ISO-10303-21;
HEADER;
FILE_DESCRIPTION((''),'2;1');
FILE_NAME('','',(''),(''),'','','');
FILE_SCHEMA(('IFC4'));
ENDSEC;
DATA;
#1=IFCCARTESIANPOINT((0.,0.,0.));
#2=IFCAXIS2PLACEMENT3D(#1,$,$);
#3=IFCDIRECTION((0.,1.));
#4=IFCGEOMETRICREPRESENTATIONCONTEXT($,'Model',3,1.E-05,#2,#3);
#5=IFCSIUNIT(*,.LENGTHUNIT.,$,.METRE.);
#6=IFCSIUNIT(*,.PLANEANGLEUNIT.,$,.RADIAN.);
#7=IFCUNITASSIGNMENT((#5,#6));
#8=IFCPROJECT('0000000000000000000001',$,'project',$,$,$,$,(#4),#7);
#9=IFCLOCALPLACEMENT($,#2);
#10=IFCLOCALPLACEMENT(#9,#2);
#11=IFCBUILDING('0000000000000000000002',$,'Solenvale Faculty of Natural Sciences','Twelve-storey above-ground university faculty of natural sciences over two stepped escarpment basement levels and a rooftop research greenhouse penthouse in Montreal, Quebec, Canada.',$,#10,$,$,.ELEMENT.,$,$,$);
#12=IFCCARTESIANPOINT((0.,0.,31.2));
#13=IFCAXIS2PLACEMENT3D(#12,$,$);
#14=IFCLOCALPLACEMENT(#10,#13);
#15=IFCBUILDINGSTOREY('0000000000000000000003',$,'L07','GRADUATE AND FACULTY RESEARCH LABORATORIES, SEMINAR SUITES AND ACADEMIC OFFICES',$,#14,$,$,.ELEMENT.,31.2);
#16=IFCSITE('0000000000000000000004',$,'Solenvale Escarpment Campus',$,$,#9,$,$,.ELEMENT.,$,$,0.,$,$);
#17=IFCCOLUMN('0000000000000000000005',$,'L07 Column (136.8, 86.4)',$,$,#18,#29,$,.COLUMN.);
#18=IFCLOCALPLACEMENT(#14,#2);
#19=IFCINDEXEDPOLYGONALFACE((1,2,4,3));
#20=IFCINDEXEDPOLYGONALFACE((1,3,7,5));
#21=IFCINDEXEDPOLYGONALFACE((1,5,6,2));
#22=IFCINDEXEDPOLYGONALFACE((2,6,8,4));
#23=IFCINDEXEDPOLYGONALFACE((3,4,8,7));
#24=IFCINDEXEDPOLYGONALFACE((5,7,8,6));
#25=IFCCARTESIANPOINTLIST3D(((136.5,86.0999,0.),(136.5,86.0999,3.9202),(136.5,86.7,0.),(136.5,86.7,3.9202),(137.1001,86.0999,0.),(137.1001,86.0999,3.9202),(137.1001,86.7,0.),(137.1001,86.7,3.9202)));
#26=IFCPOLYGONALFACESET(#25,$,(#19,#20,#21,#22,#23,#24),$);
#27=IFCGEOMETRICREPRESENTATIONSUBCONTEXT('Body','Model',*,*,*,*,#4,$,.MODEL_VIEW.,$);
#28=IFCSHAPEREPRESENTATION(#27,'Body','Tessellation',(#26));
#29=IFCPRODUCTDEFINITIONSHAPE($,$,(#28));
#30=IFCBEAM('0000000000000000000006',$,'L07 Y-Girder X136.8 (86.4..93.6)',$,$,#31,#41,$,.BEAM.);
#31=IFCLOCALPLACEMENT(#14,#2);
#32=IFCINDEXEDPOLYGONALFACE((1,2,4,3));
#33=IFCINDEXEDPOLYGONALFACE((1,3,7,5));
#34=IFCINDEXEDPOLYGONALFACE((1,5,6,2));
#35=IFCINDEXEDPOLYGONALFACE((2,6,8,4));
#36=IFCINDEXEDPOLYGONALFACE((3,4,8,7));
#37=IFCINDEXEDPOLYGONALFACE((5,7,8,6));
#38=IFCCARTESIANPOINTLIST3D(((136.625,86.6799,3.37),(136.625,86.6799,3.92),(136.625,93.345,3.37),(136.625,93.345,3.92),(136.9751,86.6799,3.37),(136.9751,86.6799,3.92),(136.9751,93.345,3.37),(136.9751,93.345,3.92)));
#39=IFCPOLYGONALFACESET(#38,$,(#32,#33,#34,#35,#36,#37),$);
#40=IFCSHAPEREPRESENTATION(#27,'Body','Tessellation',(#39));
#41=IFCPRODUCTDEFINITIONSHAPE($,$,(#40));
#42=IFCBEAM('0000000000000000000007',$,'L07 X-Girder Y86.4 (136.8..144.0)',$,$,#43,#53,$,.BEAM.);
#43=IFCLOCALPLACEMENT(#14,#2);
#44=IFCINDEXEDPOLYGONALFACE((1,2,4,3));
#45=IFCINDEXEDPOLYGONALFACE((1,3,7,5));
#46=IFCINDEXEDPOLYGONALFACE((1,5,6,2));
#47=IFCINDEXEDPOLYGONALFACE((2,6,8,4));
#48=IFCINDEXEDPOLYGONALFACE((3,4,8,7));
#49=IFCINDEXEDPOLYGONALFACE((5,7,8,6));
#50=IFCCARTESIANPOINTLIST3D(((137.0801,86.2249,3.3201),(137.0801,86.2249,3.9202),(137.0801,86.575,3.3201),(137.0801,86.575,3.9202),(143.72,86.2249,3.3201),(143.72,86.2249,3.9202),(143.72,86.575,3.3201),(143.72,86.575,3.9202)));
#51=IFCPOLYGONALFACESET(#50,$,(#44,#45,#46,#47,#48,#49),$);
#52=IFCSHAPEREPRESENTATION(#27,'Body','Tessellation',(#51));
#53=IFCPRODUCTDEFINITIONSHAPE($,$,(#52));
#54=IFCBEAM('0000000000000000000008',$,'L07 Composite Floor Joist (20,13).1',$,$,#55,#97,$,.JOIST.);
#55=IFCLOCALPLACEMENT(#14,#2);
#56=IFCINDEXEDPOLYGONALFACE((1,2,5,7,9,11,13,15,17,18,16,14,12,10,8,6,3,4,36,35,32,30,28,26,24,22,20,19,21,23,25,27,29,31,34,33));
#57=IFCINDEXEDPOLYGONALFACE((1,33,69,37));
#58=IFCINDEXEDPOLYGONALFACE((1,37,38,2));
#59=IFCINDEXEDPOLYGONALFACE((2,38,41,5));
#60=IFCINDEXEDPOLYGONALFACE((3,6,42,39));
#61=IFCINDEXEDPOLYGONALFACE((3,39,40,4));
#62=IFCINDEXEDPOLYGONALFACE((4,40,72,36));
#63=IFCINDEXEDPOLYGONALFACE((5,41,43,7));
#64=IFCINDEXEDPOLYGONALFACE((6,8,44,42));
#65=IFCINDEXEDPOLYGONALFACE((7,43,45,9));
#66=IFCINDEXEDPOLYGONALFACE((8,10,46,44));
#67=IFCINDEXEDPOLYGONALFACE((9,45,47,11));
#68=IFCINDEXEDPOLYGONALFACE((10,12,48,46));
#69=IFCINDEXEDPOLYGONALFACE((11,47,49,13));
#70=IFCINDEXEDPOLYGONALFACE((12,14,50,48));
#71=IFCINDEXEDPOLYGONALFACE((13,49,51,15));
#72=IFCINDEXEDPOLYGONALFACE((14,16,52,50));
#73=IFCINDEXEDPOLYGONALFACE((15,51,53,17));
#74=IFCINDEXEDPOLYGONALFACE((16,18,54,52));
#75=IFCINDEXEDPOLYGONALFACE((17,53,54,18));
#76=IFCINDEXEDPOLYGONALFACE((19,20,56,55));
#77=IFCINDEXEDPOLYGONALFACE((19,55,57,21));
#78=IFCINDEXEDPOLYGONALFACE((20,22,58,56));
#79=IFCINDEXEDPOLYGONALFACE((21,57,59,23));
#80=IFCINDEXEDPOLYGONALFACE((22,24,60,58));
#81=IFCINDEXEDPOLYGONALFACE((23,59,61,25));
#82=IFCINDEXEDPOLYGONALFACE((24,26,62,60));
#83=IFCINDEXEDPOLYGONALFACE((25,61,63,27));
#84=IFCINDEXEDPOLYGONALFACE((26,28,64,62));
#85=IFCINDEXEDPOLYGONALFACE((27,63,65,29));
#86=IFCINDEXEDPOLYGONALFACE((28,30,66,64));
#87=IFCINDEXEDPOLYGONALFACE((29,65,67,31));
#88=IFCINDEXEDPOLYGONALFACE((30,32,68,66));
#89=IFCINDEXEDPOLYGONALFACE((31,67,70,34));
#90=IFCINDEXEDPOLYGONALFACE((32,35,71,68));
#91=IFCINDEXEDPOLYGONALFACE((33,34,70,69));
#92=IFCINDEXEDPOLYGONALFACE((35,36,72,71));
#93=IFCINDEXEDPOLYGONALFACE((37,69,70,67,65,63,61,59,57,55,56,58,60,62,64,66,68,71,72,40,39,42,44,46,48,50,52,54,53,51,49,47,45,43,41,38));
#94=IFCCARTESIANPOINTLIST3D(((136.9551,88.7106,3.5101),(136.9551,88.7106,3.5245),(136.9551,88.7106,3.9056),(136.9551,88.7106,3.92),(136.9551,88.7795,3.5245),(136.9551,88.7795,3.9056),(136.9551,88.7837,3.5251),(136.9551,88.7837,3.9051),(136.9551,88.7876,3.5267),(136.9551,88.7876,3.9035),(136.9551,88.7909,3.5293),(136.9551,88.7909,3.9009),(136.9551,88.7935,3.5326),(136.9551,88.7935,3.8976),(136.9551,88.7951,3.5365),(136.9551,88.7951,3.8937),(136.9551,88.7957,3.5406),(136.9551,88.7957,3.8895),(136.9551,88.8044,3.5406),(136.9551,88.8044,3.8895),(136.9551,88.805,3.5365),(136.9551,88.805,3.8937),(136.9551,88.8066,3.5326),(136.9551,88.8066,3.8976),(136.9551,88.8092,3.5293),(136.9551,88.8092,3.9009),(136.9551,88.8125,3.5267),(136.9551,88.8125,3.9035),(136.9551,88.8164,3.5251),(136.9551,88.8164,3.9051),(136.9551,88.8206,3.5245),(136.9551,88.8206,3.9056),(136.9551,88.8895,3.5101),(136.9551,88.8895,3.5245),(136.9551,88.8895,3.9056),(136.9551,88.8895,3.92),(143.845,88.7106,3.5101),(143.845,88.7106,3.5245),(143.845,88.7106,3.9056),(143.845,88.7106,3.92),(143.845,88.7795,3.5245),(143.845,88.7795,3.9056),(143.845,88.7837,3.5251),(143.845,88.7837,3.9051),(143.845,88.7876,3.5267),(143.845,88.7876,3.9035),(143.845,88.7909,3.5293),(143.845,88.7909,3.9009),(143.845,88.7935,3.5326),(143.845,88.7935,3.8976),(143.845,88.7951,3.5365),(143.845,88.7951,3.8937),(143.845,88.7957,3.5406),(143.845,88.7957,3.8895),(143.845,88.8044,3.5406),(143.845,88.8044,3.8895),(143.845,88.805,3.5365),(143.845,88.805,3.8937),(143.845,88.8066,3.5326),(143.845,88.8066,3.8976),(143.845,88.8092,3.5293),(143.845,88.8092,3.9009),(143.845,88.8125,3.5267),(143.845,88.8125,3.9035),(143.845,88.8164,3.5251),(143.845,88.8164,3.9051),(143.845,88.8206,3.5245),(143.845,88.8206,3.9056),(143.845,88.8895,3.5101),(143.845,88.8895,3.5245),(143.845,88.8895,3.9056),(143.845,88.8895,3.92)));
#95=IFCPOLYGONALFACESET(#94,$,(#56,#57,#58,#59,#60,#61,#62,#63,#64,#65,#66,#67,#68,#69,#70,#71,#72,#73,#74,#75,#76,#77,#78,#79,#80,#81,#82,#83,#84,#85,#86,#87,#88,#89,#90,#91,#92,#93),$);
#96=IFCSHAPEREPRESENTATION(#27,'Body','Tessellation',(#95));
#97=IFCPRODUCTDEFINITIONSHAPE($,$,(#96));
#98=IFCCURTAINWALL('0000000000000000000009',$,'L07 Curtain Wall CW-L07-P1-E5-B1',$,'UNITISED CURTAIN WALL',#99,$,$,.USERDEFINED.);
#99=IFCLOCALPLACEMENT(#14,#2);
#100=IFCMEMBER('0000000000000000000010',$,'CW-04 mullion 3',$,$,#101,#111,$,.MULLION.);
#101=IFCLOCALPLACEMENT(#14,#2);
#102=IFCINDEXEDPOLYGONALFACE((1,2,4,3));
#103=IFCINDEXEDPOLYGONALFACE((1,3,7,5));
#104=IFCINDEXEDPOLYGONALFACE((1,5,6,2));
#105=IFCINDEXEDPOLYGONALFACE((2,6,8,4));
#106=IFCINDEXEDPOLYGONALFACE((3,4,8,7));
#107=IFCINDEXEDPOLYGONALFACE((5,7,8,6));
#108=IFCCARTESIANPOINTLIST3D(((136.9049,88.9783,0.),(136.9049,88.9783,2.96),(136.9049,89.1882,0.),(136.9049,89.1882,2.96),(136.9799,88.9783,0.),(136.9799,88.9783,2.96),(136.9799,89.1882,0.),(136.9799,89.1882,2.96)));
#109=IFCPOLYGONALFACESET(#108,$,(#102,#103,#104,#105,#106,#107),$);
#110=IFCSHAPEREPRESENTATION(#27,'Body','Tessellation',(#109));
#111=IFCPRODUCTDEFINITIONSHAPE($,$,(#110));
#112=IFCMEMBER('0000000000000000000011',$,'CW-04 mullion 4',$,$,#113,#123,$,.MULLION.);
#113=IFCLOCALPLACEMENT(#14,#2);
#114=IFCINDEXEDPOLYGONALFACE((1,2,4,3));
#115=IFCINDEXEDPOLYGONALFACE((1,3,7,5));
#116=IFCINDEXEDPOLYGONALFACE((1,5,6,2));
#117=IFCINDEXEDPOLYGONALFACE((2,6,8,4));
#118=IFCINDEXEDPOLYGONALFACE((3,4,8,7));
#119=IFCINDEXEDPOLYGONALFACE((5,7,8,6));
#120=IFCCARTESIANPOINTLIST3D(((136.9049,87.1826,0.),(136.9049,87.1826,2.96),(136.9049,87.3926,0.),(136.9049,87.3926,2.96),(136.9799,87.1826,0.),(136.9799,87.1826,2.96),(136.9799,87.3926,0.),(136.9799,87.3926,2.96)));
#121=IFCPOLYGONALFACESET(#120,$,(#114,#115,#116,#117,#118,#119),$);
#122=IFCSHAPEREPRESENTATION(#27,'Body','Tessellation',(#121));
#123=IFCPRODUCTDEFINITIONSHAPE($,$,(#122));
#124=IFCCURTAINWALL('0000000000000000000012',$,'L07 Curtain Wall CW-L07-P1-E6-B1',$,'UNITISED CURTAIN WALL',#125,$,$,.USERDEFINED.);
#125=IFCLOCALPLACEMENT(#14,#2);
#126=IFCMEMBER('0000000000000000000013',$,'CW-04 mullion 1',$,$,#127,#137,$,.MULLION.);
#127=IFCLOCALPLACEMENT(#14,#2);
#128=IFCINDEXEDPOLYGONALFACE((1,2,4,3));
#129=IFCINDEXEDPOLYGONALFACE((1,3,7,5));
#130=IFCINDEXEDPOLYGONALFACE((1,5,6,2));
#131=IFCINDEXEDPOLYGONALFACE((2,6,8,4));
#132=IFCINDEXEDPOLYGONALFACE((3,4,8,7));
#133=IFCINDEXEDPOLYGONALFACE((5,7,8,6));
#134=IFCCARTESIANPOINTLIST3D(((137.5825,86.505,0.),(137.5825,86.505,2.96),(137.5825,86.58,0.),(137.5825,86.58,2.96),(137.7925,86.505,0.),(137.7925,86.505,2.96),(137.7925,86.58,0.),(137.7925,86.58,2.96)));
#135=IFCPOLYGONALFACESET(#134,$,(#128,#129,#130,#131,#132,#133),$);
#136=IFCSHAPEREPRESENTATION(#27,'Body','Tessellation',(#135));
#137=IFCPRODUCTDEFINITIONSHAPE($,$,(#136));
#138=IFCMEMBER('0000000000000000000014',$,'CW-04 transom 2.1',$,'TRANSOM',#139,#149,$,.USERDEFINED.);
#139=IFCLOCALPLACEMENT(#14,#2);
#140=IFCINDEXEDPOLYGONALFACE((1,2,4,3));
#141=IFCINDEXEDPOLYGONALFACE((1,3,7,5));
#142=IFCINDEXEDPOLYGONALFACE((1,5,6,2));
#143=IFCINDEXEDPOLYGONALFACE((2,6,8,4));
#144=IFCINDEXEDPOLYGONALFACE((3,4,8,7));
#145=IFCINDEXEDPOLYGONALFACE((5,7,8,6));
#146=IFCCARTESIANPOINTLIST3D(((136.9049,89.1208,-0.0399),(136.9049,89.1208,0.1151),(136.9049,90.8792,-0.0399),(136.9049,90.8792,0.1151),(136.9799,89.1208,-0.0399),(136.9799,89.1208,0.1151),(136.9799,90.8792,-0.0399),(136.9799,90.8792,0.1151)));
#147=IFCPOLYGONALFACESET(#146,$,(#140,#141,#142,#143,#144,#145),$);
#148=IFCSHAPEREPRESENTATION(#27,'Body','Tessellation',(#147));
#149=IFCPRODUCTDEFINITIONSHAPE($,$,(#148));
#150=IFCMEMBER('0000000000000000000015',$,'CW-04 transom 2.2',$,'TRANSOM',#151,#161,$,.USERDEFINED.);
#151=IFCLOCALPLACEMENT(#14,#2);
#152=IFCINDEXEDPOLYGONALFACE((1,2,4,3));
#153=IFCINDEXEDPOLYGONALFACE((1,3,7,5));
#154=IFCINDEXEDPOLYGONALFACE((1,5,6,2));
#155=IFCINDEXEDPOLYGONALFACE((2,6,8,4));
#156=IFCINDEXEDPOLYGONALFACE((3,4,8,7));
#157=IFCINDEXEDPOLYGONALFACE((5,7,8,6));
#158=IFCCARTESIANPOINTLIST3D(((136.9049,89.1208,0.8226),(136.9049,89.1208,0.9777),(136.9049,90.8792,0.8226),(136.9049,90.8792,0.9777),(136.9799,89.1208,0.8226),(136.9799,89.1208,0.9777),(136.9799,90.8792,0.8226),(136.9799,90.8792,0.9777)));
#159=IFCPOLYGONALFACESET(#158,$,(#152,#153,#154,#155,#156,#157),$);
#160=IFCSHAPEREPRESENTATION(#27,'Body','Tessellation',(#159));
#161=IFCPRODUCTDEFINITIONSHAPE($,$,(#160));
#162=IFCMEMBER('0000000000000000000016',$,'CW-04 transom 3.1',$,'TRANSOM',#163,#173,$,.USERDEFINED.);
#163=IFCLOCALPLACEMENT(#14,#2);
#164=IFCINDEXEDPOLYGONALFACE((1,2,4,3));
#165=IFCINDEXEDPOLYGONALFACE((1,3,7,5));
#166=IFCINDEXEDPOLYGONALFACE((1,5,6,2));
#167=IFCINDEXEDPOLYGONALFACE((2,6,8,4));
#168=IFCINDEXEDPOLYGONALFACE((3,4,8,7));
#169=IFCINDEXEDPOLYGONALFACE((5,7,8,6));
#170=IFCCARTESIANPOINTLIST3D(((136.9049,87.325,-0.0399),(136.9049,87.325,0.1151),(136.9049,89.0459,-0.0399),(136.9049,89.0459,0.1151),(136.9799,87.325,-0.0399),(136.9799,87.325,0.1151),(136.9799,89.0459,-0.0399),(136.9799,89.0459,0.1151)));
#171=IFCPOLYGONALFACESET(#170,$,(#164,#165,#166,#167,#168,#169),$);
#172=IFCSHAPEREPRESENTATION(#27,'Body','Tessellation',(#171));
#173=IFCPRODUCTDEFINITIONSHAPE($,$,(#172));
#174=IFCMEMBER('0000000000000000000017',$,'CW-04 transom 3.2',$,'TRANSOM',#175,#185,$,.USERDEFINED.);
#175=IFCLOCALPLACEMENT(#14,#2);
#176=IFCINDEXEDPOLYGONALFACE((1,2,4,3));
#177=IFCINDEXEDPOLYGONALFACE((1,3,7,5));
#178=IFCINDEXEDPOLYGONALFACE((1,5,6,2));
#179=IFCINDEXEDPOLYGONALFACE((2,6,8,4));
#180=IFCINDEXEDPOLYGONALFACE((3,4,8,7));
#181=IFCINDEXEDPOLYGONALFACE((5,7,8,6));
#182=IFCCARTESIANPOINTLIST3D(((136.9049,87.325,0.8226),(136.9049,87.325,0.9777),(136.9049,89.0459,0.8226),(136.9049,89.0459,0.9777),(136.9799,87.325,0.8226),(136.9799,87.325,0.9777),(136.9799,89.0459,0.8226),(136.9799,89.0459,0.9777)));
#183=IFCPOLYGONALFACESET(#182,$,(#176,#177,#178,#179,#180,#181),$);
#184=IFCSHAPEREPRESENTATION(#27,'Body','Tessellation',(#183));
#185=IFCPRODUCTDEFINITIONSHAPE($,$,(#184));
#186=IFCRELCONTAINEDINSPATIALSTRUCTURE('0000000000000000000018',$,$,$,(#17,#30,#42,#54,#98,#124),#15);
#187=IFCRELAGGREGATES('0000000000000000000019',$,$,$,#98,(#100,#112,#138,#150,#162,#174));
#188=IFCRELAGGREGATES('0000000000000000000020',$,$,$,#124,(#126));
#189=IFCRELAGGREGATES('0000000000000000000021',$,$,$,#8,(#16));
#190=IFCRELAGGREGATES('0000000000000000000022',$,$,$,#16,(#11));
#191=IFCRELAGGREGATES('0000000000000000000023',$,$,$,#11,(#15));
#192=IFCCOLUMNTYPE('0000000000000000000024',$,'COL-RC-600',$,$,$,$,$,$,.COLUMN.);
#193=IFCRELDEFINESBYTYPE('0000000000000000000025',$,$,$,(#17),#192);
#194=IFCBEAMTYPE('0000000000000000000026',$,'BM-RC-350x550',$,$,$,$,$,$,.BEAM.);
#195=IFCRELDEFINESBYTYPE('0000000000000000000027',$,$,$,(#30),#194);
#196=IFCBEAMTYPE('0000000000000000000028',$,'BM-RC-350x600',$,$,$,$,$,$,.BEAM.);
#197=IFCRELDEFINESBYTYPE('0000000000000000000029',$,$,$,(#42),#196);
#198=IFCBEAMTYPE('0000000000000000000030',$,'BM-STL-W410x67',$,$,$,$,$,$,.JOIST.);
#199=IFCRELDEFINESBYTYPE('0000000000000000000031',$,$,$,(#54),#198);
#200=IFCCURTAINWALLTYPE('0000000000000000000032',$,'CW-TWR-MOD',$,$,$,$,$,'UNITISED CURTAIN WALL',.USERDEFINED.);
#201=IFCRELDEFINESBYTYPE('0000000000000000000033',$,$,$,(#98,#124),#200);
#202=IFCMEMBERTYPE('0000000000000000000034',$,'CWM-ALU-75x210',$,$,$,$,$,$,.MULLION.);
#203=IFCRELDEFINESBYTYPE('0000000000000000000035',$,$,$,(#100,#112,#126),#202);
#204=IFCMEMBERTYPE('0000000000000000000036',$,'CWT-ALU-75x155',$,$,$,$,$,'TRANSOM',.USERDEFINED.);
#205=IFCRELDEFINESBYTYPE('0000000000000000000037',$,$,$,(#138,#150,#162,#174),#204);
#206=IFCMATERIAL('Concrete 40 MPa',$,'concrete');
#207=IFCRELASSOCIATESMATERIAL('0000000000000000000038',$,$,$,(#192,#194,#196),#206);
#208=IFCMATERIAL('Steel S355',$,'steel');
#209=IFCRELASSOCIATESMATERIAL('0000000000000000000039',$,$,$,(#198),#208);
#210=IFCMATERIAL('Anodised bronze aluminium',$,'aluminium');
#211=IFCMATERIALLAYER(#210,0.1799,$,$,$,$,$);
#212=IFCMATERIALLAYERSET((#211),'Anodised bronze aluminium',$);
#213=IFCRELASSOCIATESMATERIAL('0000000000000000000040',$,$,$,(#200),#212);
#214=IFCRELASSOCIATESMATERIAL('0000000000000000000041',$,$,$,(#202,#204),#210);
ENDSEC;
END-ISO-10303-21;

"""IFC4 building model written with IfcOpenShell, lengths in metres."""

from ifc_helpers import new_model, si_unit, direction, frame, origin, origin_2d, place, context, subcontext, project, spatial, rectangle, i_section, extrude, material, layer, layer_set, material_profile, profile_set, type_object, element, aggregate, save


model = new_model("IFC4")

# Units and contexts
model_context = context("Model", 3, precision=1e-05, world=origin(), true_north=direction((0.0, 1.0)))
body_context = subcontext(model_context, "Body", "Model", "MODEL_VIEW")
ifc_project = project(units=[si_unit("LENGTHUNIT", "METRE"), si_unit("PLANEANGLEUNIT", "RADIAN")], contexts=[model_context])

# Site, building, storey
site_placement = place(None, origin())
site = spatial("IfcSite", under=ifc_project, at=site_placement, Name="Solenvale Escarpment Campus", CompositionType="ELEMENT", RefElevation=0.0)
building_placement = place(site_placement, origin())
building = spatial("IfcBuilding", under=site, at=building_placement, Name="Solenvale Faculty of Natural Sciences", Description="Twelve-storey above-ground university faculty of natural sciences over two stepped escarpment basement levels and a rooftop research greenhouse penthouse in Montreal, Quebec, Canada.", CompositionType="ELEMENT")
storey_placement = place(building_placement, frame((0.0, 0.0, 31.2)))
storey = spatial("IfcBuildingStorey", under=building, at=storey_placement, Name="L07", Description="GRADUATE AND FACULTY RESEARCH LABORATORIES, SEMINAR SUITES AND ACADEMIC OFFICES", CompositionType="ELEMENT", Elevation=31.2)

# Column
ifc_material_1 = material(Name="Concrete 40 MPa", Category="concrete")
ifc_material_profile_1 = material_profile(ifc_material_1, rectangle(XDim=0.6001, YDim=0.6001, at=origin_2d()), Name="RC-COL-600x600")
ifc_profile_set_1 = profile_set([ifc_material_profile_1], Name="Concrete 40 MPa")
column_type = type_object("IfcColumnType", Name="COL-RC-600", PredefinedType="COLUMN", material=ifc_profile_set_1)
column_placement = place(storey_placement, frame((136.8, 86.3999, 0.0), z_axis=(0.0, 0.0, 1.0), x_axis=(1.0, 0.0, 0.0)))
element("IfcColumn", 1, at=column_placement, inside=storey, type_object=column_type, Name="L07 Column (136.8, 86.4)", PredefinedType="COLUMN", context=body_context, shape_type="SweptSolid", body=[
    extrude(rectangle(XDim=0.6001, YDim=0.6001, at=origin_2d()), origin(), (0.0, 0.0, 1.0), 3.9202),
])

# Beams
ifc_material_profile_2 = material_profile(ifc_material_1, rectangle(XDim=0.3501, YDim=0.55, at=origin_2d()), Name="RC-BM-350x550")
ifc_profile_set_2 = profile_set([ifc_material_profile_2], Name="Concrete 40 MPa")
beam_type_1 = type_object("IfcBeamType", Name="BM-RC-350x550", PredefinedType="BEAM", material=ifc_profile_set_2)
beam_1_placement = place(storey_placement, frame((136.8, 86.6799, 3.645), z_axis=(0.0, 1.0, 0.0), x_axis=(-1.0, 0.0, 0.0)))
element("IfcBeam", 2, at=beam_1_placement, inside=storey, type_object=beam_type_1, Name="L07 Y-Girder X136.8 (86.4..93.6)", PredefinedType="BEAM", context=body_context, shape_type="SweptSolid", body=[
    extrude(rectangle(XDim=0.3501, YDim=0.55, at=origin_2d()), origin(), (0.0, 0.0, 1.0), 6.665),
])
ifc_material_profile_3 = material_profile(ifc_material_1, rectangle(XDim=0.3501, YDim=0.6001, at=origin_2d()), Name="RC-BM-350x600")
ifc_profile_set_3 = profile_set([ifc_material_profile_3], Name="Concrete 40 MPa")
beam_type_2 = type_object("IfcBeamType", Name="BM-RC-350x600", PredefinedType="BEAM", material=ifc_profile_set_3)
beam_2_placement = place(storey_placement, frame((137.0801, 86.3999, 3.6201), z_axis=(1.0, 0.0, 0.0), x_axis=(0.0, 1.0, 0.0)))
element("IfcBeam", 3, at=beam_2_placement, inside=storey, type_object=beam_type_2, Name="L07 X-Girder Y86.4 (136.8..144.0)", PredefinedType="BEAM", context=body_context, shape_type="SweptSolid", body=[
    extrude(rectangle(XDim=0.3501, YDim=0.6001, at=origin_2d()), origin(), (0.0, 0.0, 1.0), 6.6399),
])
ifc_material_2 = material(Name="Steel S355", Category="steel")
ifc_material_profile_4 = material_profile(ifc_material_2, i_section(OverallWidth=0.179, OverallDepth=0.4099, WebThickness=0.0088, FlangeThickness=0.0144, FilletRadius=0.0161, at=origin_2d()), Name="W410x67")
ifc_profile_set_4 = profile_set([ifc_material_profile_4], Name="Steel S355")
beam_type_3 = type_object("IfcBeamType", Name="BM-STL-W410x67", PredefinedType="JOIST", material=ifc_profile_set_4)
beam_3_placement = place(storey_placement, frame((136.9551, 88.8, 3.7151), z_axis=(1.0, 0.0, 0.0), x_axis=(0.0, 1.0, 0.0)))
element("IfcBeam", 4, at=beam_3_placement, inside=storey, type_object=beam_type_3, Name="L07 Composite Floor Joist (20,13).1", PredefinedType="JOIST", context=body_context, shape_type="SweptSolid", body=[
    extrude(i_section(OverallWidth=0.179, OverallDepth=0.4099, WebThickness=0.0088, FlangeThickness=0.0144, FilletRadius=0.0161, at=origin_2d()), origin(), (0.0, 0.0, 1.0), 6.8899),
])

# Curtain wall, members
ifc_material_3 = material(Name="Anodised bronze aluminium", Category="aluminium")
ifc_layer_1 = layer(ifc_material_3, 0.1799)
ifc_layer_set_1 = layer_set([ifc_layer_1], Name="Anodised bronze aluminium")
curtain_wall_type = type_object("IfcCurtainWallType", Name="CW-TWR-MOD", ElementType="UNITISED CURTAIN WALL", PredefinedType="USERDEFINED", material=ifc_layer_set_1)
curtain_wall_1_placement = place(storey_placement, origin())
curtain_wall_1 = element("IfcCurtainWall", 5, at=curtain_wall_1_placement, inside=storey, type_object=curtain_wall_type, Name="L07 Curtain Wall CW-L07-P1-E5-B1", ObjectType="UNITISED CURTAIN WALL", PredefinedType="USERDEFINED")
ifc_material_profile_5 = material_profile(ifc_material_3, rectangle(XDim=0.075, YDim=0.21, at=origin_2d()), Name="ALU-MUL-75x210")
ifc_profile_set_5 = profile_set([ifc_material_profile_5], Name="Anodised bronze aluminium")
member_type_1 = type_object("IfcMemberType", Name="CWM-ALU-75x210", PredefinedType="MULLION", material=ifc_profile_set_5)
member_1_placement = place(storey_placement, frame((136.9424, 89.0833, 0.0), z_axis=(0.0, 0.0, 1.0), x_axis=(1.0, 0.0, 0.0)))
member_1 = element("IfcMember", 6, at=member_1_placement, type_object=member_type_1, Name="CW-04 mullion 3", PredefinedType="MULLION", context=body_context, shape_type="SweptSolid", body=[
    extrude(rectangle(XDim=0.075, YDim=0.21, at=origin_2d()), origin(), (0.0, 0.0, 1.0), 2.96),
])
member_2_placement = place(storey_placement, frame((136.9424, 87.2876, 0.0), z_axis=(0.0, 0.0, 1.0), x_axis=(1.0, 0.0, 0.0)))
member_2 = element("IfcMember", 7, at=member_2_placement, type_object=member_type_1, Name="CW-04 mullion 4", PredefinedType="MULLION", context=body_context, shape_type="SweptSolid", body=[
    extrude(rectangle(XDim=0.075, YDim=0.21, at=origin_2d()), origin(), (0.0, 0.0, 1.0), 2.96),
])

# Curtain wall, member
curtain_wall_2_placement = place(storey_placement, origin())
curtain_wall_2 = element("IfcCurtainWall", 8, at=curtain_wall_2_placement, inside=storey, type_object=curtain_wall_type, Name="L07 Curtain Wall CW-L07-P1-E6-B1", ObjectType="UNITISED CURTAIN WALL", PredefinedType="USERDEFINED")
member_3_placement = place(storey_placement, frame((137.6875, 86.5425, 0.0), z_axis=(0.0, 0.0, 1.0), x_axis=(0.0, 1.0, 0.0)))
member_3 = element("IfcMember", 9, at=member_3_placement, type_object=member_type_1, Name="CW-04 mullion 1", PredefinedType="MULLION", context=body_context, shape_type="SweptSolid", body=[
    extrude(rectangle(XDim=0.075, YDim=0.21, at=origin_2d()), origin(), (0.0, 0.0, 1.0), 2.96),
])

# Members
ifc_material_profile_6 = material_profile(ifc_material_3, rectangle(XDim=0.075, YDim=0.155, at=origin_2d()), Name="ALU-TRN-75x155")
ifc_profile_set_6 = profile_set([ifc_material_profile_6], Name="Anodised bronze aluminium")
member_type_2 = type_object("IfcMemberType", Name="CWT-ALU-75x155", ElementType="TRANSOM", PredefinedType="USERDEFINED", material=ifc_profile_set_6)
member_4_placement = place(storey_placement, frame((136.9424, 90.8792, 0.0376), z_axis=(0.0, -1.0, 0.0), x_axis=(1.0, 0.0, 0.0)))
member_4 = element("IfcMember", 10, at=member_4_placement, type_object=member_type_2, Name="CW-04 transom 2.1", ObjectType="TRANSOM", PredefinedType="USERDEFINED", context=body_context, shape_type="SweptSolid", body=[
    extrude(rectangle(XDim=0.075, YDim=0.155, at=origin_2d()), origin(), (0.0, 0.0, 1.0), 1.7583),
])
member_5_placement = place(storey_placement, frame((136.9424, 90.8792, 0.9001), z_axis=(0.0, -1.0, 0.0), x_axis=(1.0, 0.0, 0.0)))
member_5 = element("IfcMember", 11, at=member_5_placement, type_object=member_type_2, Name="CW-04 transom 2.2", ObjectType="TRANSOM", PredefinedType="USERDEFINED", context=body_context, shape_type="SweptSolid", body=[
    extrude(rectangle(XDim=0.075, YDim=0.155, at=origin_2d()), origin(), (0.0, 0.0, 1.0), 1.7583),
])
member_6_placement = place(storey_placement, frame((136.9424, 89.0459, 0.0376), z_axis=(0.0, -1.0, 0.0), x_axis=(1.0, 0.0, 0.0)))
member_6 = element("IfcMember", 12, at=member_6_placement, type_object=member_type_2, Name="CW-04 transom 3.1", ObjectType="TRANSOM", PredefinedType="USERDEFINED", context=body_context, shape_type="SweptSolid", body=[
    extrude(rectangle(XDim=0.075, YDim=0.155, at=origin_2d()), origin(), (0.0, 0.0, 1.0), 1.7209),
])
member_7_placement = place(storey_placement, frame((136.9424, 89.0459, 0.9001), z_axis=(0.0, -1.0, 0.0), x_axis=(1.0, 0.0, 0.0)))
member_7 = element("IfcMember", 13, at=member_7_placement, type_object=member_type_2, Name="CW-04 transom 3.2", ObjectType="TRANSOM", PredefinedType="USERDEFINED", context=body_context, shape_type="SweptSolid", body=[
    extrude(rectangle(XDim=0.075, YDim=0.155, at=origin_2d()), origin(), (0.0, 0.0, 1.0), 1.7209),
])

aggregate(curtain_wall_1, [member_1, member_2, member_4, member_5, member_6, member_7])
aggregate(curtain_wall_2, [member_3])

save(model, "model.ifc")
